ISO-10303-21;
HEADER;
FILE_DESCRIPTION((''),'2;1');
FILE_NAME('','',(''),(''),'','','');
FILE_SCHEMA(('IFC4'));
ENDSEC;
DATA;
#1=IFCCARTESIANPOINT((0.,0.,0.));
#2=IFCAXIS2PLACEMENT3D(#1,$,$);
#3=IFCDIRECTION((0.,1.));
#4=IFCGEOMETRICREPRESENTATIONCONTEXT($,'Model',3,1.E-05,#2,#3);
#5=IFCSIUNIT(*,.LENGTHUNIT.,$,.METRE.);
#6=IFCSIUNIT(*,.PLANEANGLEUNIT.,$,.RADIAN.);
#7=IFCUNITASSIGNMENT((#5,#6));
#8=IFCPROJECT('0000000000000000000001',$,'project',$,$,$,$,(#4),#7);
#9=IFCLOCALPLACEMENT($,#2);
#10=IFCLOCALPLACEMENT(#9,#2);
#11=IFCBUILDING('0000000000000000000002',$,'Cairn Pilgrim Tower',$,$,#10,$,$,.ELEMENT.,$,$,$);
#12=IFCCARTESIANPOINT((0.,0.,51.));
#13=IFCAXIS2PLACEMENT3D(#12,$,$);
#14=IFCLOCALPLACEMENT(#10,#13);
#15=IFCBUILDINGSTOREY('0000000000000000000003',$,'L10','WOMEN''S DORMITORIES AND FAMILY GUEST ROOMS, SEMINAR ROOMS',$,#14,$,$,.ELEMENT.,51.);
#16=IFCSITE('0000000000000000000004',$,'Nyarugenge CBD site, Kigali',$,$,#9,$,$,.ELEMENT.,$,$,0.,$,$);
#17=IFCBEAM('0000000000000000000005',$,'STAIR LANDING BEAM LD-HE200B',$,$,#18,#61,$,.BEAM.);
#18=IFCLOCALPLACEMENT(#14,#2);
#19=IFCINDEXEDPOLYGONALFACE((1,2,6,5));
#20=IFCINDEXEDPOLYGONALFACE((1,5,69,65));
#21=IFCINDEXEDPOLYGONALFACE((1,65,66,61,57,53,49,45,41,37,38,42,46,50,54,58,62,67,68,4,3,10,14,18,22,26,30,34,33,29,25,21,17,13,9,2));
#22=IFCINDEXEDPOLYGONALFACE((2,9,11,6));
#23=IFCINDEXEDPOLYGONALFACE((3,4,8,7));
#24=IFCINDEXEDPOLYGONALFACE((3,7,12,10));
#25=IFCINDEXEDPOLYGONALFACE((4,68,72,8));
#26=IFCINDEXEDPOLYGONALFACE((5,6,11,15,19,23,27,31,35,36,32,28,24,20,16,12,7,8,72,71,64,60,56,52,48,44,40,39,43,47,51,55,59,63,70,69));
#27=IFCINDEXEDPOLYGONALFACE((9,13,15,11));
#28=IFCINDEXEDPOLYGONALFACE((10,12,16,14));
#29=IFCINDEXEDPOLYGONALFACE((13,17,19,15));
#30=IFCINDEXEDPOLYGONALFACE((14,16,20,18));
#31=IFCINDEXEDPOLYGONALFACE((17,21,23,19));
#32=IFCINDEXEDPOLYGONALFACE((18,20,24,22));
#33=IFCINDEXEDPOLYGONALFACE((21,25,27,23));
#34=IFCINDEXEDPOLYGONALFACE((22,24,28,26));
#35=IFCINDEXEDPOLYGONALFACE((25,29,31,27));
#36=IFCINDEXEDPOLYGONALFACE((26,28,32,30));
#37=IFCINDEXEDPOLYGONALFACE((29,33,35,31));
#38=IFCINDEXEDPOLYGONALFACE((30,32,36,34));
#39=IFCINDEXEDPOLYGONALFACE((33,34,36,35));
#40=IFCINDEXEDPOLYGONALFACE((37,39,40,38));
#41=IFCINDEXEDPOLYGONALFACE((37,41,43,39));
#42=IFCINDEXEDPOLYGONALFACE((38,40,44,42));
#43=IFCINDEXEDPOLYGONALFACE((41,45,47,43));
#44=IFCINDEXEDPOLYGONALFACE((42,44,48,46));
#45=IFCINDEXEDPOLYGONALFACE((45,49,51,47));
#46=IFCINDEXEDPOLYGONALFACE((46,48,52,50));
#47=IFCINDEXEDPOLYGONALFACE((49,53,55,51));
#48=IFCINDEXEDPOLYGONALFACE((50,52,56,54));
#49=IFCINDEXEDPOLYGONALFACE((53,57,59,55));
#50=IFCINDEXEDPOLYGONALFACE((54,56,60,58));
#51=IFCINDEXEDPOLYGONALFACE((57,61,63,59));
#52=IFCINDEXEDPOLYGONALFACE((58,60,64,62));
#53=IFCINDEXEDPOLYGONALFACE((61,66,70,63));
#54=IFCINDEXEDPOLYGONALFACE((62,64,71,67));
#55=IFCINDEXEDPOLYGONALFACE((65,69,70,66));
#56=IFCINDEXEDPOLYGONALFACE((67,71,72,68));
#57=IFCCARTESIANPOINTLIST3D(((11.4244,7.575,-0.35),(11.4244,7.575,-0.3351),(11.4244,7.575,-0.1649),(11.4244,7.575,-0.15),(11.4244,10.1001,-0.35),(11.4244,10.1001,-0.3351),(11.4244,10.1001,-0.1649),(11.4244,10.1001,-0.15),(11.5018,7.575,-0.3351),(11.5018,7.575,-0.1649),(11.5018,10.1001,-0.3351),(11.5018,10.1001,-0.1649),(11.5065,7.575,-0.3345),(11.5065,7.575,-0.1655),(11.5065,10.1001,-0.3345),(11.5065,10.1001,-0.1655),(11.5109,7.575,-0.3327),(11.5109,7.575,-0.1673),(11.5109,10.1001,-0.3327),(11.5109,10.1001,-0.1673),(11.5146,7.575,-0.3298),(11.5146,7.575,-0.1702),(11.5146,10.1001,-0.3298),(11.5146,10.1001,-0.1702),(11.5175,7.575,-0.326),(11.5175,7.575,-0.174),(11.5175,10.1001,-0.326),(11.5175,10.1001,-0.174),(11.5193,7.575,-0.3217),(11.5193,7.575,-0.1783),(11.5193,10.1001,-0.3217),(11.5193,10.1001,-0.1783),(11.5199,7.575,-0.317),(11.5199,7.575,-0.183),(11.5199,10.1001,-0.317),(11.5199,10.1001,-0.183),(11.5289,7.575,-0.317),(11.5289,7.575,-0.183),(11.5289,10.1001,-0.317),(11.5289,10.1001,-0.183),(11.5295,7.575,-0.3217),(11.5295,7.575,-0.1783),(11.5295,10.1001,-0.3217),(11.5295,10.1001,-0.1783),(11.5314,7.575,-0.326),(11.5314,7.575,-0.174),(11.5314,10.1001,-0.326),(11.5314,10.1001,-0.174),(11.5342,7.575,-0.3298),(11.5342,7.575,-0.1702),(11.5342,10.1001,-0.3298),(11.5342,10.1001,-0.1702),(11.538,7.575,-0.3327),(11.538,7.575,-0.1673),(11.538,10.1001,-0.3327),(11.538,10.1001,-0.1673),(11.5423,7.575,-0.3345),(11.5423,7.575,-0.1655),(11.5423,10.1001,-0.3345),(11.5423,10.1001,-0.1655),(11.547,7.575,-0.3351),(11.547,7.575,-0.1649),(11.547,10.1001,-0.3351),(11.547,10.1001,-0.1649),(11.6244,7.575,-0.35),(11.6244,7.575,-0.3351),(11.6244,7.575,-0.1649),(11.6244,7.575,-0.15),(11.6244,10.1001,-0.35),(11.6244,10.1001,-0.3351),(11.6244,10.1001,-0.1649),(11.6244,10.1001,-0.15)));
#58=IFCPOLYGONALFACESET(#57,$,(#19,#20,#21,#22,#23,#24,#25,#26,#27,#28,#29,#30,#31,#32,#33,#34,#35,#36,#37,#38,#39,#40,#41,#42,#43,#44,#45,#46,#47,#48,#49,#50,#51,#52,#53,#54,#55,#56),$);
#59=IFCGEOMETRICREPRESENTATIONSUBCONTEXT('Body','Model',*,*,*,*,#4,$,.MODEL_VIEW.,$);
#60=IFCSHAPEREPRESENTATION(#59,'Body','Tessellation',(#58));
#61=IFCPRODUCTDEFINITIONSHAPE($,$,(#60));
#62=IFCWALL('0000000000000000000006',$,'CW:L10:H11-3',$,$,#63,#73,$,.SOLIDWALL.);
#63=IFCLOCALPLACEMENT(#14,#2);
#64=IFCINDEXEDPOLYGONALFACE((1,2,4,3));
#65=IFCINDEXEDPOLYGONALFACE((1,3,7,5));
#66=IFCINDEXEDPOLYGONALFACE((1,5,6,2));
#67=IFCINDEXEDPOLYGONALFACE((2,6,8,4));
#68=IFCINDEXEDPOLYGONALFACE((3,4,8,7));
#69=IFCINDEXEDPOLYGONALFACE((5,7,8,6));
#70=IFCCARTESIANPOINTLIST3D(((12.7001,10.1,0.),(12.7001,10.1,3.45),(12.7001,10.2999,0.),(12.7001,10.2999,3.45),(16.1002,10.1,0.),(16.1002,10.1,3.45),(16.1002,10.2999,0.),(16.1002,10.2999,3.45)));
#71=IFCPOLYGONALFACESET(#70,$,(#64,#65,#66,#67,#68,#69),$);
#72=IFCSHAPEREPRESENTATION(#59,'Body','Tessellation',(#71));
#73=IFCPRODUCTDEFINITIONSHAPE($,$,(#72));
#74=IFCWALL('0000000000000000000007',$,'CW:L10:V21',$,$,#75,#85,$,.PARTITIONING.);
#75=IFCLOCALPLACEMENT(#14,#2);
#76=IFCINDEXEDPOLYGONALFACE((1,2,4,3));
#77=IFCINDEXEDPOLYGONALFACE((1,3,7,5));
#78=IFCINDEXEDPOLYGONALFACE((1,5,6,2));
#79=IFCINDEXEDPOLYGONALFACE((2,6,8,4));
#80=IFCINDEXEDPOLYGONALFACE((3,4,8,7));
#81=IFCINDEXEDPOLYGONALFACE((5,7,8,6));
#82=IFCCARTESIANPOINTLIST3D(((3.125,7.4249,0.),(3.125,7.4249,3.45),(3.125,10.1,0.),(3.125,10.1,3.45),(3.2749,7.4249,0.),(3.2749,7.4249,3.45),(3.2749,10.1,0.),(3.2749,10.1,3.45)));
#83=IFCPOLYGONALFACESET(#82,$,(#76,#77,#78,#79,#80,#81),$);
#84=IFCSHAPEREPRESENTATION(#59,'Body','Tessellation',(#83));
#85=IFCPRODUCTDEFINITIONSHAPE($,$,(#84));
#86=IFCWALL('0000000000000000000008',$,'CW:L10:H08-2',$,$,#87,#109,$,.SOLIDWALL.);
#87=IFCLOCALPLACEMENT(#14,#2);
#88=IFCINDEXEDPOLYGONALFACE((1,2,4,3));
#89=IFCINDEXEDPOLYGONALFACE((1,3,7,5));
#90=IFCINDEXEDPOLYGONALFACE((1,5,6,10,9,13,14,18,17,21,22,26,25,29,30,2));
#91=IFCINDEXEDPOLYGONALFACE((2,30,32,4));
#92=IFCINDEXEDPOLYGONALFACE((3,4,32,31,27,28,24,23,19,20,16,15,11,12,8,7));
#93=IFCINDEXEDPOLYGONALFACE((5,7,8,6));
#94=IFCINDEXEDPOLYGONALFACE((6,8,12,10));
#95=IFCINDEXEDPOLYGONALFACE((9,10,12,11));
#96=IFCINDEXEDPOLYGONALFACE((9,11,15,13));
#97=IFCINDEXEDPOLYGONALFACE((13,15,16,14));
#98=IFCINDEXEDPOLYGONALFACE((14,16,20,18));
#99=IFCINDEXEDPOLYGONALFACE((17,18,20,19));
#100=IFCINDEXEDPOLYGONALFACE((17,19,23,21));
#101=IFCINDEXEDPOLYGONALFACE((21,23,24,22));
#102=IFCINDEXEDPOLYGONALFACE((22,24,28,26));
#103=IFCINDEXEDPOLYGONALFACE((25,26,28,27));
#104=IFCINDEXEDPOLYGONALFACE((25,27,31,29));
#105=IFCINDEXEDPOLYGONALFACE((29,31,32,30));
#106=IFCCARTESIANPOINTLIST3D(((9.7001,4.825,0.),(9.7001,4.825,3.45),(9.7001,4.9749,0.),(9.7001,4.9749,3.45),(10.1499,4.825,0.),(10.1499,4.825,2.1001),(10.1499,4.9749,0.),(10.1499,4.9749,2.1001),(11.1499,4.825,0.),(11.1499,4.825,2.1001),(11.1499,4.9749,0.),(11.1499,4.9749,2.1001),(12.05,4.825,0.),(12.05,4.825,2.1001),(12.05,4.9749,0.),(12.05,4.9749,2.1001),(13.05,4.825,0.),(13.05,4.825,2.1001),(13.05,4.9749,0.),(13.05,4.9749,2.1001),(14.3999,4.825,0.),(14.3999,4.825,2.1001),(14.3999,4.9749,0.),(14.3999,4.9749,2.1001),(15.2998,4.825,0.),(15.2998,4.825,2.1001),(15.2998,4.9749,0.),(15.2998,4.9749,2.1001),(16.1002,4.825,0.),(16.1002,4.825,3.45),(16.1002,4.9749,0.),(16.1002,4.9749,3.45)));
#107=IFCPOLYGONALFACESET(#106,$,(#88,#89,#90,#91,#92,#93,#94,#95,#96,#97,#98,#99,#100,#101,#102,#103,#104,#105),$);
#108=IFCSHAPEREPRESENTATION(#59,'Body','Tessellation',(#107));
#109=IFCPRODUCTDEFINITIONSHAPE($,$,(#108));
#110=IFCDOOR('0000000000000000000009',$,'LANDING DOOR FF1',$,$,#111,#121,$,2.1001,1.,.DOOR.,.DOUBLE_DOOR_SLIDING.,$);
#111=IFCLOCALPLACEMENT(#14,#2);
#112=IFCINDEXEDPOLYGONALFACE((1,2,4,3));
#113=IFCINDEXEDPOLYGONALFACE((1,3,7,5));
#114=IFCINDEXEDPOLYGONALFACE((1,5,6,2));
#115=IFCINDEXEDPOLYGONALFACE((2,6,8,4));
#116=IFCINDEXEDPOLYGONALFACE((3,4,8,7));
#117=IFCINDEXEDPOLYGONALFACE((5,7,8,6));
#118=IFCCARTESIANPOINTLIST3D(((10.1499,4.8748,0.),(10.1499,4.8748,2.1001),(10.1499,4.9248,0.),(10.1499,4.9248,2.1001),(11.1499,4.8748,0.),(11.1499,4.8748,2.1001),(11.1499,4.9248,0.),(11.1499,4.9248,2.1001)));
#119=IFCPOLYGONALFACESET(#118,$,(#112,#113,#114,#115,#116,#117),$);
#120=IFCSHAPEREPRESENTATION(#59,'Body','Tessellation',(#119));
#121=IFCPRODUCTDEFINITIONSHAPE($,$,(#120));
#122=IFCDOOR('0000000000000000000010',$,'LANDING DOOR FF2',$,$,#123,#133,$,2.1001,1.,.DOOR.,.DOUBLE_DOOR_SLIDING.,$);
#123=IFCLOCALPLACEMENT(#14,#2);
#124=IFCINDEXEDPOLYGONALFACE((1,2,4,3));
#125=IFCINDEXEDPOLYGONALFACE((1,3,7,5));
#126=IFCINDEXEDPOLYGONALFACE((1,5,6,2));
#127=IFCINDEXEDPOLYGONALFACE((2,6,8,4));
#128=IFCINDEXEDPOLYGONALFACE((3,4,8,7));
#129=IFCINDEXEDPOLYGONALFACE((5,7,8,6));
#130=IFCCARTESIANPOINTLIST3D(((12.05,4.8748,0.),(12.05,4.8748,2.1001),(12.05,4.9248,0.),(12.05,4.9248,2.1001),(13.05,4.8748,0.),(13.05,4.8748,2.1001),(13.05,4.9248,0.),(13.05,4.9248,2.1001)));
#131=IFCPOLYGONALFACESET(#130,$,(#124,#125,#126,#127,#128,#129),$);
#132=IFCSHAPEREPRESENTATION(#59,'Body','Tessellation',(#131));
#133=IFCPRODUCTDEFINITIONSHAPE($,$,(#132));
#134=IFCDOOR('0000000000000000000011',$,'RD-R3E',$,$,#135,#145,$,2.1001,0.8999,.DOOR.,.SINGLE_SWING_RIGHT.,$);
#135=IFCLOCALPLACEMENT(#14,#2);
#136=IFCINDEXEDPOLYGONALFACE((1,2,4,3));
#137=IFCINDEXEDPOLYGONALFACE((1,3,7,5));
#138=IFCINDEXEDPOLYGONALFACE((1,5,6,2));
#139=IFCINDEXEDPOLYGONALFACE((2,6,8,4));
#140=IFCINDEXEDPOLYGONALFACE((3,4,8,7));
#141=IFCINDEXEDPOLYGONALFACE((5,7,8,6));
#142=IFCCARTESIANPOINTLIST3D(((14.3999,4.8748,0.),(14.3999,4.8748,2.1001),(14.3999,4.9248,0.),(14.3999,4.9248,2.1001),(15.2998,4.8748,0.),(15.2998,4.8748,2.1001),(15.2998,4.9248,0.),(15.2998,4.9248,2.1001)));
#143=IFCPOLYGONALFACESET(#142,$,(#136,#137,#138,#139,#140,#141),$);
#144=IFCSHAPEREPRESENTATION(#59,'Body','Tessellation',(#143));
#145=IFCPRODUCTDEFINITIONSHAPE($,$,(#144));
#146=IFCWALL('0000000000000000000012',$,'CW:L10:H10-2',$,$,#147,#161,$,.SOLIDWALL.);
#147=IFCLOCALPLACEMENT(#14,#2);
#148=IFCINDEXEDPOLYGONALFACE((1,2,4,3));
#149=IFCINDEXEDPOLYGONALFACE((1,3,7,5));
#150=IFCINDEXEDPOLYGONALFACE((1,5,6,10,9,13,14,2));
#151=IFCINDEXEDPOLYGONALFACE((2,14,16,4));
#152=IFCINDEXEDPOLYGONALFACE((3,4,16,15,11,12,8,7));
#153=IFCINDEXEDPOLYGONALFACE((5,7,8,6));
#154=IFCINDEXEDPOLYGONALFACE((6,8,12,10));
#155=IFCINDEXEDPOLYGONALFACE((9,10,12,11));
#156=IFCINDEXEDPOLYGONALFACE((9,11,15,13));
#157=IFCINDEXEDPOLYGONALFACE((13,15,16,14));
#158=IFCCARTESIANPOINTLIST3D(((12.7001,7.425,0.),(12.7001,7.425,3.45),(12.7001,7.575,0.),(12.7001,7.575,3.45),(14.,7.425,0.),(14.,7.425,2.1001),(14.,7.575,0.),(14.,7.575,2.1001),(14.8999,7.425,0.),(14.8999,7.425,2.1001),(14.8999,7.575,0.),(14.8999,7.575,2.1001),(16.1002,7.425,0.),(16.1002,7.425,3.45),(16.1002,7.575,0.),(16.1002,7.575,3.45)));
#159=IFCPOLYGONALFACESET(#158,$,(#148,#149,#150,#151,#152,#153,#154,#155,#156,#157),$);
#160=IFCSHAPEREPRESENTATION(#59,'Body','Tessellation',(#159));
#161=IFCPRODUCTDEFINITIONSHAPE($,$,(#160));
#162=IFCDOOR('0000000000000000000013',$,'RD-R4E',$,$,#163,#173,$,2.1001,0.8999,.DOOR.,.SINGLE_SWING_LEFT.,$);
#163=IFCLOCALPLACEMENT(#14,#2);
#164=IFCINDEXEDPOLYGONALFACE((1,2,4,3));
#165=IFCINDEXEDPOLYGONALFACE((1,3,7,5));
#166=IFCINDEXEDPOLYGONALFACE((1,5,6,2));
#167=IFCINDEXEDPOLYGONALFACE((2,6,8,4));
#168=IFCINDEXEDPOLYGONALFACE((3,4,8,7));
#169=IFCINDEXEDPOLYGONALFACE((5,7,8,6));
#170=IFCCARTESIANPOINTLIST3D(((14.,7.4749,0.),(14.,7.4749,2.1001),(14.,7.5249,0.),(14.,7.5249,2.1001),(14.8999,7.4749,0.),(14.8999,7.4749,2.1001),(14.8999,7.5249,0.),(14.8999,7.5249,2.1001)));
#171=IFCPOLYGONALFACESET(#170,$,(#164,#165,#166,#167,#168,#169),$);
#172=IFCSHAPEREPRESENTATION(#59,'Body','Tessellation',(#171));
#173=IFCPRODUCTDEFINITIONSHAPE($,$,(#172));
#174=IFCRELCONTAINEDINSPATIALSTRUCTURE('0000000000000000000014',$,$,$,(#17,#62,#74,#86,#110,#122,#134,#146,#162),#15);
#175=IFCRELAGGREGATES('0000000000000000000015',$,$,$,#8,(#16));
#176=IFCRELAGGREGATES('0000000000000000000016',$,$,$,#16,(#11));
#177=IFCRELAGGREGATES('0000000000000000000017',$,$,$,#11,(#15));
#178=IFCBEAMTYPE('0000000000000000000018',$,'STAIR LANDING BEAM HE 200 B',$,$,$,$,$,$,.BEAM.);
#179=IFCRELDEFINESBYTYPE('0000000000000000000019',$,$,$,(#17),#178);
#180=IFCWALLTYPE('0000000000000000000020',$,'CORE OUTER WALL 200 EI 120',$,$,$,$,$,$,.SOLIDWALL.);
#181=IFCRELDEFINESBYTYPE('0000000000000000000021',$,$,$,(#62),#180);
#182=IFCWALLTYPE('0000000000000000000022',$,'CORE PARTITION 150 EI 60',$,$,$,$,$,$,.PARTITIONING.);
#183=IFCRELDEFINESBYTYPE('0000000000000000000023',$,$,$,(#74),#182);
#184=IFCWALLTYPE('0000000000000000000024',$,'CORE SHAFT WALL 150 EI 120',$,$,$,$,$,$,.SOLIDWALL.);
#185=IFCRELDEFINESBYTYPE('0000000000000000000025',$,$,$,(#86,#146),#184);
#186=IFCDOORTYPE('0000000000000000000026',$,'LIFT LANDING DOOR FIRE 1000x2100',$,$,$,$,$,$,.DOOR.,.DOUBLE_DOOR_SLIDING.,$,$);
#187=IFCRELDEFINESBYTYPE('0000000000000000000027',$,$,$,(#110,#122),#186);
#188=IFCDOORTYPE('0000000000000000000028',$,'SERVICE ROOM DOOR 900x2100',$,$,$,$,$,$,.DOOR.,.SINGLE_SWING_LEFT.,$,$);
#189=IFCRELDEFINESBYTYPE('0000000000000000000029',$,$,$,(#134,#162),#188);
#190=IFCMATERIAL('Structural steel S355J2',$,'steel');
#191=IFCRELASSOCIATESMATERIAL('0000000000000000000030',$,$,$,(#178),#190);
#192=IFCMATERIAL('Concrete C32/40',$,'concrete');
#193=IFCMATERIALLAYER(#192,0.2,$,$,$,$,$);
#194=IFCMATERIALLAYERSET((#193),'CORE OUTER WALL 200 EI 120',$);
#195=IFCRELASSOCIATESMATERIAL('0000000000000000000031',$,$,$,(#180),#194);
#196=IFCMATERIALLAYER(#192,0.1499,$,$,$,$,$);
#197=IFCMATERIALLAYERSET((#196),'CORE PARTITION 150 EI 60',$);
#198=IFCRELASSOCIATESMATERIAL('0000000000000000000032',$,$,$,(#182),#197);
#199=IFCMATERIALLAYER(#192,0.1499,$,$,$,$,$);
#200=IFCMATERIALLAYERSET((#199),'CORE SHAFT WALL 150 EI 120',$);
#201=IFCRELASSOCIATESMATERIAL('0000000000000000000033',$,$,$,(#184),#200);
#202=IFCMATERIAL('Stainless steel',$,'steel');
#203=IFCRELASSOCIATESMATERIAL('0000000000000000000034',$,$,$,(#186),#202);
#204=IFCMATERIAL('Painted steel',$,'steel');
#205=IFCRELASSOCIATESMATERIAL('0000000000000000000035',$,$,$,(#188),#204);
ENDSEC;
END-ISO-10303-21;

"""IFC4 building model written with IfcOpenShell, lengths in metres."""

from ifc_helpers import new_model, si_unit, direction, frame, frame_2d, origin, origin_2d, place, context, subcontext, project, spatial, rectangle, i_section, extrude, material, layer, layer_set, material_profile, profile_set, type_object, element, fill, save


model = new_model("IFC4")

# Units and contexts
model_context = context("Model", 3, precision=1e-05, world=origin(), true_north=direction((0.0, 1.0)))
body_context = subcontext(model_context, "Body", "Model", "MODEL_VIEW")
ifc_project = project(units=[si_unit("LENGTHUNIT", "METRE"), si_unit("PLANEANGLEUNIT", "RADIAN")], contexts=[model_context])

# Site, building, storey
site_placement = place(None, origin())
site = spatial("IfcSite", under=ifc_project, at=site_placement, Name="Nyarugenge CBD site, Kigali", CompositionType="ELEMENT", RefElevation=0.0)
building_placement = place(site_placement, origin())
building = spatial("IfcBuilding", under=site, at=building_placement, Name="Cairn Pilgrim Tower", CompositionType="ELEMENT")
storey_placement = place(building_placement, frame((0.0, 0.0, 51.0)))
storey = spatial("IfcBuildingStorey", under=building, at=storey_placement, Name="L10", Description="WOMEN'S DORMITORIES AND FAMILY GUEST ROOMS, SEMINAR ROOMS", CompositionType="ELEMENT", Elevation=51.0)

# Beam
ifc_material_1 = material(Name="Structural steel S355J2", Category="steel")
ifc_material_profile_1 = material_profile(ifc_material_1, i_section(OverallWidth=0.2, OverallDepth=0.2, WebThickness=0.009, FlangeThickness=0.0149, FilletRadius=0.0181, at=origin_2d()), Name="HE 200 B")
ifc_profile_set_1 = profile_set([ifc_material_profile_1], Name="Structural steel S355J2")
beam_type_1 = type_object("IfcBeamType", Name="STAIR LANDING BEAM HE 200 B", PredefinedType="BEAM", material=ifc_profile_set_1)
beam_placement = place(storey_placement, frame((11.5244, 10.1001, -0.25), z_axis=(0.0, -1.0, 0.0), x_axis=(1.0, 0.0, 0.0)))
element("IfcBeam", 1, at=beam_placement, inside=storey, type_object=beam_type_1, Name="STAIR LANDING BEAM LD-HE200B", PredefinedType="BEAM", context=body_context, shape_type="SweptSolid", body=[
    extrude(i_section(OverallWidth=0.2, OverallDepth=0.2, WebThickness=0.009, FlangeThickness=0.0149, FilletRadius=0.0181, at=origin_2d()), origin(), (0.0, 0.0, 1.0), 2.5251),
])

# Walls
ifc_material_2 = material(Name="Concrete C32/40", Category="concrete")
ifc_layer_1 = layer(ifc_material_2, 0.2)
ifc_layer_set_1 = layer_set([ifc_layer_1], Name="CORE OUTER WALL 200 EI 120")
wall_type_1 = type_object("IfcWallType", Name="CORE OUTER WALL 200 EI 120", PredefinedType="SOLIDWALL", material=ifc_layer_set_1)
wall_1_placement = place(storey_placement, frame((12.7, 10.2, 0.0), z_axis=(0.0, 0.0, 1.0), x_axis=(1.0, 0.0, 0.0)))
element("IfcWall", 2, at=wall_1_placement, inside=storey, type_object=wall_type_1, Name="CW:L10:H11-3", PredefinedType="SOLIDWALL", context=body_context, shape_type="SweptSolid", body=[
    extrude(rectangle(XDim=3.4001, YDim=0.2, at=frame_2d((1.7002, 0.0))), origin(), (0.0, 0.0, 1.0), 3.45),
])
ifc_layer_2 = layer(ifc_material_2, 0.1499)
ifc_layer_set_2 = layer_set([ifc_layer_2], Name="CORE PARTITION 150 EI 60")
wall_type_2 = type_object("IfcWallType", Name="CORE PARTITION 150 EI 60", PredefinedType="PARTITIONING", material=ifc_layer_set_2)
wall_2_placement = place(storey_placement, frame((3.2, 7.425, 0.0), z_axis=(0.0, 0.0, 1.0), x_axis=(0.0, 1.0, 0.0)))
element("IfcWall", 3, at=wall_2_placement, inside=storey, type_object=wall_type_2, Name="CW:L10:V21", PredefinedType="PARTITIONING", context=body_context, shape_type="SweptSolid", body=[
    extrude(rectangle(XDim=2.675, YDim=0.1499, at=frame_2d((1.3374, 0.0))), origin(), (0.0, 0.0, 1.0), 3.45),
])

# Wall, openings, doors
ifc_layer_3 = layer(ifc_material_2, 0.1499)
ifc_layer_set_3 = layer_set([ifc_layer_3], Name="CORE SHAFT WALL 150 EI 120")
wall_type_3 = type_object("IfcWallType", Name="CORE SHAFT WALL 150 EI 120", PredefinedType="SOLIDWALL", material=ifc_layer_set_3)
wall_3_placement = place(storey_placement, frame((9.7, 4.8999, 0.0), z_axis=(0.0, 0.0, 1.0), x_axis=(1.0, 0.0, 0.0)))
wall_3 = element("IfcWall", 4, at=wall_3_placement, inside=storey, type_object=wall_type_3, Name="CW:L10:H08-2", PredefinedType="SOLIDWALL", context=body_context, shape_type="SweptSolid", body=[
    extrude(rectangle(XDim=6.4001, YDim=0.1499, at=frame_2d((3.2002, 0.0))), origin(), (0.0, 0.0, 1.0), 3.45),
])
opening_1_placement = place(wall_3_placement, frame((0.45, 0.0, 0.0)))
opening_1 = element("IfcOpeningElement", 5, at=opening_1_placement, cuts=wall_3, PredefinedType="OPENING", context=body_context, shape_type="SweptSolid", body=[
    extrude(rectangle(XDim=1.0, YDim=2.1001, at=frame_2d((0.5, 1.05))), frame((0.0, 0.085, 0.0), z_axis=(0.0, -1.0, 0.0), x_axis=(1.0, 0.0, 0.0)), (0.0, 0.0, 1.0), 0.1699),
])
opening_2_placement = place(wall_3_placement, frame((2.3501, 0.0, 0.0)))
opening_2 = element("IfcOpeningElement", 6, at=opening_2_placement, cuts=wall_3, PredefinedType="OPENING", context=body_context, shape_type="SweptSolid", body=[
    extrude(rectangle(XDim=1.0, YDim=2.1001, at=frame_2d((0.5, 1.05))), frame((0.0, 0.085, 0.0), z_axis=(0.0, -1.0, 0.0), x_axis=(1.0, 0.0, 0.0)), (0.0, 0.0, 1.0), 0.1699),
])
opening_3_placement = place(wall_3_placement, frame((4.7, 0.0, 0.0)))
opening_3 = element("IfcOpeningElement", 7, at=opening_3_placement, cuts=wall_3, PredefinedType="OPENING", context=body_context, shape_type="SweptSolid", body=[
    extrude(rectangle(XDim=0.8999, YDim=2.1001, at=frame_2d((0.45, 1.05))), frame((0.0, 0.085, 0.0), z_axis=(0.0, -1.0, 0.0), x_axis=(1.0, 0.0, 0.0)), (0.0, 0.0, 1.0), 0.1699),
])
ifc_material_3 = material(Name="Stainless steel", Category="steel")
door_type_1 = type_object("IfcDoorType", Name="LIFT LANDING DOOR FIRE 1000x2100", OperationType="DOUBLE_DOOR_SLIDING", PredefinedType="DOOR", material=ifc_material_3)
door_1_placement = place(opening_1_placement, origin())
door_1 = element("IfcDoor", 8, at=door_1_placement, inside=storey, type_object=door_type_1, Name="LANDING DOOR FF1", OperationType="DOUBLE_DOOR_SLIDING", OverallHeight=2.1001, OverallWidth=1.0, PredefinedType="DOOR", context=body_context, shape_type="SweptSolid", body=[
    extrude(rectangle(XDim=1.0, YDim=2.1001, at=frame_2d((0.5, 1.05))), frame((0.0, 0.0249, 0.0), z_axis=(0.0, -1.0, 0.0), x_axis=(1.0, 0.0, 0.0)), (0.0, 0.0, 1.0), 0.05),
])
fill(opening_1, door_1)
door_2_placement = place(opening_2_placement, origin())
door_2 = element("IfcDoor", 9, at=door_2_placement, inside=storey, type_object=door_type_1, Name="LANDING DOOR FF2", OperationType="DOUBLE_DOOR_SLIDING", OverallHeight=2.1001, OverallWidth=1.0, PredefinedType="DOOR", context=body_context, shape_type="SweptSolid", body=[
    extrude(rectangle(XDim=1.0, YDim=2.1001, at=frame_2d((0.5, 1.05))), frame((0.0, 0.0249, 0.0), z_axis=(0.0, -1.0, 0.0), x_axis=(1.0, 0.0, 0.0)), (0.0, 0.0, 1.0), 0.05),
])
fill(opening_2, door_2)
ifc_material_4 = material(Name="Painted steel", Category="steel")
door_type_2 = type_object("IfcDoorType", Name="SERVICE ROOM DOOR 900x2100", OperationType="SINGLE_SWING_LEFT", PredefinedType="DOOR", material=ifc_material_4)
door_3_placement = place(opening_3_placement, origin())
door_3 = element("IfcDoor", 10, at=door_3_placement, inside=storey, type_object=door_type_2, Name="RD-R3E", OperationType="SINGLE_SWING_RIGHT", OverallHeight=2.1001, OverallWidth=0.8999, PredefinedType="DOOR", context=body_context, shape_type="SweptSolid", body=[
    extrude(rectangle(XDim=0.8999, YDim=2.1001, at=frame_2d((0.45, 1.05))), frame((0.0, 0.0249, 0.0), z_axis=(0.0, -1.0, 0.0), x_axis=(1.0, 0.0, 0.0)), (0.0, 0.0, 1.0), 0.05),
])
fill(opening_3, door_3)

# Wall, opening, door
wall_4_placement = place(storey_placement, frame((12.7, 7.5, 0.0), z_axis=(0.0, 0.0, 1.0), x_axis=(1.0, 0.0, 0.0)))
wall_4 = element("IfcWall", 11, at=wall_4_placement, inside=storey, type_object=wall_type_3, Name="CW:L10:H10-2", PredefinedType="SOLIDWALL", context=body_context, shape_type="SweptSolid", body=[
    extrude(rectangle(XDim=3.4001, YDim=0.1499, at=frame_2d((1.7002, 0.0))), origin(), (0.0, 0.0, 1.0), 3.45),
])
opening_4_placement = place(wall_4_placement, frame((1.3, 0.0, 0.0)))
opening_4 = element("IfcOpeningElement", 12, at=opening_4_placement, cuts=wall_4, PredefinedType="OPENING", context=body_context, shape_type="SweptSolid", body=[
    extrude(rectangle(XDim=0.8999, YDim=2.1001, at=frame_2d((0.45, 1.05))), frame((0.0, 0.085, 0.0), z_axis=(0.0, -1.0, 0.0), x_axis=(1.0, 0.0, 0.0)), (0.0, 0.0, 1.0), 0.1699),
])
door_4_placement = place(opening_4_placement, origin())
door_4 = element("IfcDoor", 13, at=door_4_placement, inside=storey, type_object=door_type_2, Name="RD-R4E", OperationType="SINGLE_SWING_LEFT", OverallHeight=2.1001, OverallWidth=0.8999, PredefinedType="DOOR", context=body_context, shape_type="SweptSolid", body=[
    extrude(rectangle(XDim=0.8999, YDim=2.1001, at=frame_2d((0.45, 1.05))), frame((0.0, 0.0249, 0.0), z_axis=(0.0, -1.0, 0.0), x_axis=(1.0, 0.0, 0.0)), (0.0, 0.0, 1.0), 0.05),
])
fill(opening_4, door_4)

save(model, "model.ifc")
